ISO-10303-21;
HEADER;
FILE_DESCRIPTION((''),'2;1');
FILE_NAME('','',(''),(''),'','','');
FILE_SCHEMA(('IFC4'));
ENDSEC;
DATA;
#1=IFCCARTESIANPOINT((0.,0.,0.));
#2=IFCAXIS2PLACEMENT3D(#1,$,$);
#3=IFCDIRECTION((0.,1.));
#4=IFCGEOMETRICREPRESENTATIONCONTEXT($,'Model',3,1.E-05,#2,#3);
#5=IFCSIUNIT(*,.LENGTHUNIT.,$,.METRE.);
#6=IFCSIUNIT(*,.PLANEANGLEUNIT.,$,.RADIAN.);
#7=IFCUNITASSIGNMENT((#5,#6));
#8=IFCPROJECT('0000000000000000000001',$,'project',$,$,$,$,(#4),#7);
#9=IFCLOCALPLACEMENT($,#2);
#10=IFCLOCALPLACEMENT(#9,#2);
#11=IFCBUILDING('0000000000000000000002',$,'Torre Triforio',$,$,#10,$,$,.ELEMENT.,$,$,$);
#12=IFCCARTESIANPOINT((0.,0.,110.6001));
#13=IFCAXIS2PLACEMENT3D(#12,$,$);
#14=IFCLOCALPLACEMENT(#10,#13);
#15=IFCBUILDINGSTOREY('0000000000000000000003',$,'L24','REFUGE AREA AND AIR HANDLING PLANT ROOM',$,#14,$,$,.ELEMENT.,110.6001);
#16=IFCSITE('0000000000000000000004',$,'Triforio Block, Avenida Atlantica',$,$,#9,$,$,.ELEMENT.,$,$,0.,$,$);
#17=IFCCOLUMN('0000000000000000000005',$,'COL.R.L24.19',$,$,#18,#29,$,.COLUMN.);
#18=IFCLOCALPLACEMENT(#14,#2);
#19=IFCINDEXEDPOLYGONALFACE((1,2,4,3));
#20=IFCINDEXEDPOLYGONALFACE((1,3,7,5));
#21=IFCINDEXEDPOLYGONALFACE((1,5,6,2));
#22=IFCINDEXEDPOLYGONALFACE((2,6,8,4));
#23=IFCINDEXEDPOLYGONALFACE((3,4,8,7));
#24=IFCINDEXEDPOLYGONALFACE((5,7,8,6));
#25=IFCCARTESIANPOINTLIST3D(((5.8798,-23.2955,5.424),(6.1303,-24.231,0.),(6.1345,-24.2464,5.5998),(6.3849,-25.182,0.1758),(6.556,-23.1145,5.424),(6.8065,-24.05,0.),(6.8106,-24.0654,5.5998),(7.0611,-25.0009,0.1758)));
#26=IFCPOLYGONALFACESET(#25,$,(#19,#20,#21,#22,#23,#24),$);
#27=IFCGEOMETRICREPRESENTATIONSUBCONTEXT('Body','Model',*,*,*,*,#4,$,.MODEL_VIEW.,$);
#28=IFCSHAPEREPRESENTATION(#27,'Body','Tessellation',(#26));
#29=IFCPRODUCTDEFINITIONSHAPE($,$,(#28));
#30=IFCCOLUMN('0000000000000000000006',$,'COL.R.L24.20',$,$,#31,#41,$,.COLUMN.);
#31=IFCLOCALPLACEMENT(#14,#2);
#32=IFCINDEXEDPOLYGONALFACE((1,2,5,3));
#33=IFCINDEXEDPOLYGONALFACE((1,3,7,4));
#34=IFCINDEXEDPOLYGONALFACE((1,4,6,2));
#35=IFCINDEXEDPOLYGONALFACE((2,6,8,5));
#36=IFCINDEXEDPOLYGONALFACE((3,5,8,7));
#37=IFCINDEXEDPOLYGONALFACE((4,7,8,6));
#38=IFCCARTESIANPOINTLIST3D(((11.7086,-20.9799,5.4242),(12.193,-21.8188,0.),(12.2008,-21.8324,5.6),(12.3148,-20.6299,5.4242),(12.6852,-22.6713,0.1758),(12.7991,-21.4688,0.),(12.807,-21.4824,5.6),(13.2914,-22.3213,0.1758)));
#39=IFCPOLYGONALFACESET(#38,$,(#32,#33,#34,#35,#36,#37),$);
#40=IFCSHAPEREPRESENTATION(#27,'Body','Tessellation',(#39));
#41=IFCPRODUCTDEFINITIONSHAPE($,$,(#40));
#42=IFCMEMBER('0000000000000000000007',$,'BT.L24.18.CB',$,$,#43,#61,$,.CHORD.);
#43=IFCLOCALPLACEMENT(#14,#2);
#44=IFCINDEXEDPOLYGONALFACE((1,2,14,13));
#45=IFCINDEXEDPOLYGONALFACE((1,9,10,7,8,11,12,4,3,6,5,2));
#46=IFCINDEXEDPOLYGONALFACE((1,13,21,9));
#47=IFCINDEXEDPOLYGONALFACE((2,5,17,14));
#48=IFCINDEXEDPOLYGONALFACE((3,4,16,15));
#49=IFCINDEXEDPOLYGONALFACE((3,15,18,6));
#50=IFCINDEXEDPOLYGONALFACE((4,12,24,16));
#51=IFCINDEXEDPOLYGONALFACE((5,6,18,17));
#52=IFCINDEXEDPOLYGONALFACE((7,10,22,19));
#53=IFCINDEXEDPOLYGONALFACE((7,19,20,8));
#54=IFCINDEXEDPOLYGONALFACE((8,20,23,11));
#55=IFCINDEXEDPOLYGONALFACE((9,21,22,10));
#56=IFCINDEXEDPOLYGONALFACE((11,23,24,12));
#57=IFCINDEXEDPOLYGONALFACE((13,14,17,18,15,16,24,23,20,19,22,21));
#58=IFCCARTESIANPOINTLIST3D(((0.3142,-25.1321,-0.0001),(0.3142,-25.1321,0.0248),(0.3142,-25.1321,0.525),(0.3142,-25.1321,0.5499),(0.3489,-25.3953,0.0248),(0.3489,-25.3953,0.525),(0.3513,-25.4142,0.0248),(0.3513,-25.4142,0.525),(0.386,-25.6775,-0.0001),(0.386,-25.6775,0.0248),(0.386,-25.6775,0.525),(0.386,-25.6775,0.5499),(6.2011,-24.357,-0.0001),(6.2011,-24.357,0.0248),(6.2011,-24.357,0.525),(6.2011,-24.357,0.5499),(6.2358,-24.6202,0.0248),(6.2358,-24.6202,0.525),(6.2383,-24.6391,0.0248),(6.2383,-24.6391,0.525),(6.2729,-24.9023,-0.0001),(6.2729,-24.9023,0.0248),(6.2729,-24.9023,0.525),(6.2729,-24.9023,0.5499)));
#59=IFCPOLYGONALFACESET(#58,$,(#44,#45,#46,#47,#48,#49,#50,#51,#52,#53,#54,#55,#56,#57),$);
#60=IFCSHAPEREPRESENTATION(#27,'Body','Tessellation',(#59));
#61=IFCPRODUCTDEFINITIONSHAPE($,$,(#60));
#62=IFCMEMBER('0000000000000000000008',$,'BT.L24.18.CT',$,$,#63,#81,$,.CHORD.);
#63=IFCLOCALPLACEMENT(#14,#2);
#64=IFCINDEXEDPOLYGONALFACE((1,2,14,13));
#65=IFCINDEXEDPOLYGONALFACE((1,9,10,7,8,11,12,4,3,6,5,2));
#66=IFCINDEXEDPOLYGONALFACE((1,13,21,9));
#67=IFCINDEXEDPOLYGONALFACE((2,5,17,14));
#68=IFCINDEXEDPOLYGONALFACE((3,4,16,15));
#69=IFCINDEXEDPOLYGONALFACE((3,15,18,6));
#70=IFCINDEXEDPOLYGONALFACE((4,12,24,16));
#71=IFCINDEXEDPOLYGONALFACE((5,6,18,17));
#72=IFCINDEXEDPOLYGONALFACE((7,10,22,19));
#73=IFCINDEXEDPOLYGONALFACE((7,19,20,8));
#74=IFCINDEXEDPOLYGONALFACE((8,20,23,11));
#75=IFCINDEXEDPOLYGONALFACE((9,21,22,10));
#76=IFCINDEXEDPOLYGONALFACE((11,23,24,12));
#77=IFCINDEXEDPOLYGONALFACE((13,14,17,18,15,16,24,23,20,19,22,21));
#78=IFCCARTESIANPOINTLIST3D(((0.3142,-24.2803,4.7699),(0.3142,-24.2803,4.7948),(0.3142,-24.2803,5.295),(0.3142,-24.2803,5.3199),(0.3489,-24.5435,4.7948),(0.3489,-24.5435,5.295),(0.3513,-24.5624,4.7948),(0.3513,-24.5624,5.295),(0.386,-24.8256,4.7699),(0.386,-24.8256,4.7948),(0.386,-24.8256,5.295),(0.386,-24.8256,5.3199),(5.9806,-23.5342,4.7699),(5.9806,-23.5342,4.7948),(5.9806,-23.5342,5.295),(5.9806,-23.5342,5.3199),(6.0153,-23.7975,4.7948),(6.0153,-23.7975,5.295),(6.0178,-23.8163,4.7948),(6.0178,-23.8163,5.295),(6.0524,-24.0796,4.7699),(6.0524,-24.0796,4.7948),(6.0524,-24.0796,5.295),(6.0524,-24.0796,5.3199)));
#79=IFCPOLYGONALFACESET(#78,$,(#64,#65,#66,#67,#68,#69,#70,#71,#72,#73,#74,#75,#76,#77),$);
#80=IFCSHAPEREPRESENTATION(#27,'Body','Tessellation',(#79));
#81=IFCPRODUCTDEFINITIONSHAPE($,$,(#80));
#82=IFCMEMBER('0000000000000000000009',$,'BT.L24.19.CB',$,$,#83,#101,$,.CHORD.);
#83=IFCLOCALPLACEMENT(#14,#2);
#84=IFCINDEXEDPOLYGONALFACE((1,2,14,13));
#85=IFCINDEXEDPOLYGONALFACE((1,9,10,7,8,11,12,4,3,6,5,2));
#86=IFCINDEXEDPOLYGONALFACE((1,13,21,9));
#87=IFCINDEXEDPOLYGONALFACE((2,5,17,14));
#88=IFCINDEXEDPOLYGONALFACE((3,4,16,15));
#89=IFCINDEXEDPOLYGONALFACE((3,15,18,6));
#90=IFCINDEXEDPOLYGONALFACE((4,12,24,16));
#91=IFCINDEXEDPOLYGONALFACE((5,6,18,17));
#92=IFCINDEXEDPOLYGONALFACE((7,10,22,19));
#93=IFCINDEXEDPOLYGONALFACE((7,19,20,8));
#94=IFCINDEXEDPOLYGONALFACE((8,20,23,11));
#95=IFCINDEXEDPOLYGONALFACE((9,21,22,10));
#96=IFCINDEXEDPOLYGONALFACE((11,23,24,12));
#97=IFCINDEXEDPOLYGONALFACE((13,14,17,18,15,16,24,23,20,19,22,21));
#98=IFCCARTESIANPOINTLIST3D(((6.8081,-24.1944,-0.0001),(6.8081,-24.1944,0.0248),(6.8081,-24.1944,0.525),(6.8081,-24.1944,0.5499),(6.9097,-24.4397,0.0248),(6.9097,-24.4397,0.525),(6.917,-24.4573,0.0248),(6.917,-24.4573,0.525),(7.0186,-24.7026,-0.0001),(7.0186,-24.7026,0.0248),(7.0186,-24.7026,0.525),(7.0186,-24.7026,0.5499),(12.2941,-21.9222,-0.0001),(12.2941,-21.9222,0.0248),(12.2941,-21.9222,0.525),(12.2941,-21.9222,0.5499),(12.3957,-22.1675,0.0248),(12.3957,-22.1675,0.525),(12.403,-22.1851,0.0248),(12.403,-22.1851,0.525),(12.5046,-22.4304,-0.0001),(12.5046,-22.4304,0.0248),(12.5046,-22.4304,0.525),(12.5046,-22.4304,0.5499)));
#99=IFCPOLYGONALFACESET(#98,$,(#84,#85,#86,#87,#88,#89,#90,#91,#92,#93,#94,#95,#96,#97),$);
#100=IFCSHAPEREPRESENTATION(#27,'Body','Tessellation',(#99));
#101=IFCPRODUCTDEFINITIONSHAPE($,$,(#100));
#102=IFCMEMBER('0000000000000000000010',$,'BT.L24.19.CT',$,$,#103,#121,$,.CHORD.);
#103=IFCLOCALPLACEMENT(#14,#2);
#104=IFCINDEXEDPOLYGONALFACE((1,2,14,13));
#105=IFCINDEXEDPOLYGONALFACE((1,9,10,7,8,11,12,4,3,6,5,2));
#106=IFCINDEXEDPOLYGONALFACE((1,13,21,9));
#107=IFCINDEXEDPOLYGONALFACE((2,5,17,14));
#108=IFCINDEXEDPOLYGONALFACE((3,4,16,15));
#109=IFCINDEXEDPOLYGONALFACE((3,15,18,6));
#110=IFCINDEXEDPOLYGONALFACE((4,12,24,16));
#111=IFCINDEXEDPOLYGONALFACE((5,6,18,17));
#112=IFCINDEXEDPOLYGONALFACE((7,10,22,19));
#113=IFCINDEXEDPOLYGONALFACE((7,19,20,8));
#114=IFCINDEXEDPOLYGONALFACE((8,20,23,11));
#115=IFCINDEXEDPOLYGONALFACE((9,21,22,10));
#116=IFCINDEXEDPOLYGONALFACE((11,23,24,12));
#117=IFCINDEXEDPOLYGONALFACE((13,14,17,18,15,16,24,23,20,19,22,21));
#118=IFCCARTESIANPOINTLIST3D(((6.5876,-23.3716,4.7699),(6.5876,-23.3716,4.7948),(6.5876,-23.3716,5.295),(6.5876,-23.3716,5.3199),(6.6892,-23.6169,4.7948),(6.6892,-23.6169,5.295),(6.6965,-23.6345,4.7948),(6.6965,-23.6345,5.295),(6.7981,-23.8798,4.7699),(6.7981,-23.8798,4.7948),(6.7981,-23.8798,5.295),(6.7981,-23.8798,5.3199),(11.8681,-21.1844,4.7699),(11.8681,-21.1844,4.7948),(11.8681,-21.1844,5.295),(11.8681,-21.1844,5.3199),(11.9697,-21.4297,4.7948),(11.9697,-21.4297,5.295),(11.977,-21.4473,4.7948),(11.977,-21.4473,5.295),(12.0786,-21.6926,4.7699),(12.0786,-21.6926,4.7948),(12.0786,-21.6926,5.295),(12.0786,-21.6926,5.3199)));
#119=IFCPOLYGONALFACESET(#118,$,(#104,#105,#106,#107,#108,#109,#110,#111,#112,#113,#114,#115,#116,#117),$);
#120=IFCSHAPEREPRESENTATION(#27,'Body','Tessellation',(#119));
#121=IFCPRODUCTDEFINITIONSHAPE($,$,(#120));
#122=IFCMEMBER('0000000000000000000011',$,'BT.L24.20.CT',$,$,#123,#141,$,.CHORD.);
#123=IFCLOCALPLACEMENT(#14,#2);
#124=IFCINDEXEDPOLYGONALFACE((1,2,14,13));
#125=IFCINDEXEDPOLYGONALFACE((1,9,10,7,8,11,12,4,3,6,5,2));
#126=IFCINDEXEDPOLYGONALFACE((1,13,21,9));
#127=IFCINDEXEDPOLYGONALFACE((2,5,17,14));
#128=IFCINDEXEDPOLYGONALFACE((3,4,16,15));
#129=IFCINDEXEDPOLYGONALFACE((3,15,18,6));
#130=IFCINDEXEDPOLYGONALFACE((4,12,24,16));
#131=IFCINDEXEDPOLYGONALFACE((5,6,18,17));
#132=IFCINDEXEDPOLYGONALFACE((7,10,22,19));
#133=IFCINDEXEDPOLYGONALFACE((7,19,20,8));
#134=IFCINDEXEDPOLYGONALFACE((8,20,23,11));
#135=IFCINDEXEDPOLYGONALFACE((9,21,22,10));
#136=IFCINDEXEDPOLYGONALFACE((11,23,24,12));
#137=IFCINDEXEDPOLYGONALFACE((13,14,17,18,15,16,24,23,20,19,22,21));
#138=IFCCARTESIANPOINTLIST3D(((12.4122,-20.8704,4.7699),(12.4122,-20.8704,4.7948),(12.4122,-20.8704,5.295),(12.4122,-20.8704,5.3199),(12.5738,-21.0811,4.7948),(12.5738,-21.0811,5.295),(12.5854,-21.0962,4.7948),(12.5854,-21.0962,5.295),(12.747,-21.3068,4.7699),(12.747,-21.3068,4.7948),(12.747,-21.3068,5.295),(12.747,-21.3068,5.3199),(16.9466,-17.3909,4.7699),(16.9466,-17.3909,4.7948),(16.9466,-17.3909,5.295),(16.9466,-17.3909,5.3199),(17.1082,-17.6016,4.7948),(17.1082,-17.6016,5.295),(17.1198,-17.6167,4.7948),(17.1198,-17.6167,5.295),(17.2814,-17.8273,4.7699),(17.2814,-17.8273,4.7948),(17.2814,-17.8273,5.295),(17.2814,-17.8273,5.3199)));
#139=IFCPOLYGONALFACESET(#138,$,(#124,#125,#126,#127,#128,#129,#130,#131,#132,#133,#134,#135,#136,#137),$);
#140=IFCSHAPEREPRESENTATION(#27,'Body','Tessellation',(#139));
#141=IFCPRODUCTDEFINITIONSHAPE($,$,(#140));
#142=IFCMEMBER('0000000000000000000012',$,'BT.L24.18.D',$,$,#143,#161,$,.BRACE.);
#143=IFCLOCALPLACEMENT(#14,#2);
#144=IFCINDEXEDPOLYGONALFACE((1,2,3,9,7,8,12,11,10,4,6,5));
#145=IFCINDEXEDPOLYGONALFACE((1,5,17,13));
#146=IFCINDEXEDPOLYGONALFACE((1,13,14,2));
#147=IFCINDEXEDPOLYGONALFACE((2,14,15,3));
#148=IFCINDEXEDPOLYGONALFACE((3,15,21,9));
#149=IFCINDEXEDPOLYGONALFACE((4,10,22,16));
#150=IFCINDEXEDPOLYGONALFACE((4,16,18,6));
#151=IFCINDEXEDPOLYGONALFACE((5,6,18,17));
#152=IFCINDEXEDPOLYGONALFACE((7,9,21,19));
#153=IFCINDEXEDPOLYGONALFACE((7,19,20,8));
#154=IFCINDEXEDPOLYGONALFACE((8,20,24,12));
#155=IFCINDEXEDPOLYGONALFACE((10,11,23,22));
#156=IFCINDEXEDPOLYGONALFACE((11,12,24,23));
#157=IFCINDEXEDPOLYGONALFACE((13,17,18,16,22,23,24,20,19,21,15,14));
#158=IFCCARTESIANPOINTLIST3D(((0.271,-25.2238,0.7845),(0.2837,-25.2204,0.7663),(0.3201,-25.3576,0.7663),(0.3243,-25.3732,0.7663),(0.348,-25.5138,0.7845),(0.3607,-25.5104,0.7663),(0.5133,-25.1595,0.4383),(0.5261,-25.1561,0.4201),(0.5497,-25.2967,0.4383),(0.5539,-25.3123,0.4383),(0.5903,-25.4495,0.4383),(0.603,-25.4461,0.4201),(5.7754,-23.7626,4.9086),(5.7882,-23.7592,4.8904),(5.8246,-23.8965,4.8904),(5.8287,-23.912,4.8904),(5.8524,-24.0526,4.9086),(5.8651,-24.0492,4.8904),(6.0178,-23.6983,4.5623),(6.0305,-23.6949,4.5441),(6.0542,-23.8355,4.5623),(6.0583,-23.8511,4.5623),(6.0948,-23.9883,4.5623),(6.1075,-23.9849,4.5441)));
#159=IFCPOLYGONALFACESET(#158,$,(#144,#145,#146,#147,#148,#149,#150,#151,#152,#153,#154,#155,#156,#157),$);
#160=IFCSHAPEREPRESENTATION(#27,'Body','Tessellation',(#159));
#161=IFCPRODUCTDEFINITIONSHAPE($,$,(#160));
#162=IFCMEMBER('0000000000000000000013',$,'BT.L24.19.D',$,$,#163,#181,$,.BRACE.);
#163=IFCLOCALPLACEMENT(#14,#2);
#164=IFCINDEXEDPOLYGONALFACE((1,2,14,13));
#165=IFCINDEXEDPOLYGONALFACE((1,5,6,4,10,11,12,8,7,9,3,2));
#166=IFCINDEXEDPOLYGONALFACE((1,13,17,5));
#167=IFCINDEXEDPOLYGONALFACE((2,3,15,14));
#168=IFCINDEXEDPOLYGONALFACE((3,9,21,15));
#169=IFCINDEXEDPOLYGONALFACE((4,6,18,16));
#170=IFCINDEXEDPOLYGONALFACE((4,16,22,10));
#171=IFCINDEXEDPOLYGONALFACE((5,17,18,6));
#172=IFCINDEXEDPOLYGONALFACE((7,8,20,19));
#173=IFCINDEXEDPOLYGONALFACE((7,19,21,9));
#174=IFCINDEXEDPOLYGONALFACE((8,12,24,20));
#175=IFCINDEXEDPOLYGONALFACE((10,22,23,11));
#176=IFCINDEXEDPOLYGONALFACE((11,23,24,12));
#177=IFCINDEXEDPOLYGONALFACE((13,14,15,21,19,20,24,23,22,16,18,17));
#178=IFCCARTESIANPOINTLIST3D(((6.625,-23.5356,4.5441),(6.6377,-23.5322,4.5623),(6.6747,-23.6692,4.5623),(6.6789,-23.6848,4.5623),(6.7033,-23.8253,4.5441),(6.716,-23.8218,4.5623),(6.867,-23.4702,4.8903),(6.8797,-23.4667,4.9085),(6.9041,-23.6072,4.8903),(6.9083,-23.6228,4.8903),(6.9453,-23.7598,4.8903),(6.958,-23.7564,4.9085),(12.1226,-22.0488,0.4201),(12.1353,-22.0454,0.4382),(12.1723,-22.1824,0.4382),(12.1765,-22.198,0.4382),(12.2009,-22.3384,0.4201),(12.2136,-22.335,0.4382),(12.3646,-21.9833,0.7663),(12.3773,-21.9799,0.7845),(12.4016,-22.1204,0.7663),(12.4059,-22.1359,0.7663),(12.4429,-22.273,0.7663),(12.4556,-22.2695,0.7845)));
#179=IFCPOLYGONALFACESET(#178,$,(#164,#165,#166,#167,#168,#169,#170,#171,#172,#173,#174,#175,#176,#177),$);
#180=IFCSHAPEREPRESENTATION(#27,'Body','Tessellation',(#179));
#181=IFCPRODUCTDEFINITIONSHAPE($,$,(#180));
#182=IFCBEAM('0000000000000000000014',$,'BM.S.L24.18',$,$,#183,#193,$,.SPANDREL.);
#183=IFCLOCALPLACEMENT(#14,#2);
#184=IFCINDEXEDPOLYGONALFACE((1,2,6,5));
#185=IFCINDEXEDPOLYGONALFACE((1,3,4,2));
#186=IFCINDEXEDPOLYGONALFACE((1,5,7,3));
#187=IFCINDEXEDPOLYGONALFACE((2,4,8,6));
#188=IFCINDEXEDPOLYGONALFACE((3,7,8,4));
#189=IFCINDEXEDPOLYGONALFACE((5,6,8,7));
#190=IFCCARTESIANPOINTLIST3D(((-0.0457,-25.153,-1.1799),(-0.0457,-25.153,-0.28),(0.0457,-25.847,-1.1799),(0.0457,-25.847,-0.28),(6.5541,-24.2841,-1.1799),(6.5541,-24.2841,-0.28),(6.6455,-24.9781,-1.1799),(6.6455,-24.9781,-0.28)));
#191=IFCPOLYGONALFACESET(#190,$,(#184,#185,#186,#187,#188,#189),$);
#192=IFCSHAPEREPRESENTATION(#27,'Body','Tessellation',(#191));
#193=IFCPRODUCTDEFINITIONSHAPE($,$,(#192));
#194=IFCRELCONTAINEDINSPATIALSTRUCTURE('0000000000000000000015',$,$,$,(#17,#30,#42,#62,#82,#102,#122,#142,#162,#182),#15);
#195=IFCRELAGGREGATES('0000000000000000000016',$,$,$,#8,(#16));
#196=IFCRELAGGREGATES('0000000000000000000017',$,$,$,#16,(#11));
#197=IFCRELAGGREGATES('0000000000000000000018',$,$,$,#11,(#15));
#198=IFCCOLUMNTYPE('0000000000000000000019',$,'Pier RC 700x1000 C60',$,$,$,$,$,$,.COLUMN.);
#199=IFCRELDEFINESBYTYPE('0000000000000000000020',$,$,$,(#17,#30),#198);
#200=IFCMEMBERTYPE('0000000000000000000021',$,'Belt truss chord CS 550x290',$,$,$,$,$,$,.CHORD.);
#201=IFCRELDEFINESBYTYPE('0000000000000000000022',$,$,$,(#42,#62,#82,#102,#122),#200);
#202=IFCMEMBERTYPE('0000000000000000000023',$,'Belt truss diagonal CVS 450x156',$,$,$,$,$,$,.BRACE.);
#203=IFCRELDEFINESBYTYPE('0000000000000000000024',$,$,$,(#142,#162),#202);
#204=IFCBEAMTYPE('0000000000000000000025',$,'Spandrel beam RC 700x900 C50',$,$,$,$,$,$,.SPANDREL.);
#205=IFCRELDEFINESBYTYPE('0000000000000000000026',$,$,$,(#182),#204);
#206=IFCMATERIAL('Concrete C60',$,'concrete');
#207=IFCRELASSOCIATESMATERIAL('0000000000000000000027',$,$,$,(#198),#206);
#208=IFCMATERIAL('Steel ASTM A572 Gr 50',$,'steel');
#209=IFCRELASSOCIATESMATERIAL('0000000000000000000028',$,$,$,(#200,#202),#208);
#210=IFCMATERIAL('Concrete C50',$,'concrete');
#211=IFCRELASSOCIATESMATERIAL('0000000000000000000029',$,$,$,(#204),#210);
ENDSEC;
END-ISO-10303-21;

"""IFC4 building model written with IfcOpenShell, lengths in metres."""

from ifc_helpers import new_model, si_unit, direction, frame, origin, origin_2d, place, context, subcontext, project, spatial, rectangle, i_section, extrude, material, material_profile, profile_set, type_object, element, save


model = new_model("IFC4")

# Units and contexts
model_context = context("Model", 3, precision=1e-05, world=origin(), true_north=direction((0.0, 1.0)))
body_context = subcontext(model_context, "Body", "Model", "MODEL_VIEW")
ifc_project = project(units=[si_unit("LENGTHUNIT", "METRE"), si_unit("PLANEANGLEUNIT", "RADIAN")], contexts=[model_context])

# Site, building, storey
site_placement = place(None, origin())
site = spatial("IfcSite", under=ifc_project, at=site_placement, Name="Triforio Block, Avenida Atlantica", CompositionType="ELEMENT", RefElevation=0.0)
building_placement = place(site_placement, origin())
building = spatial("IfcBuilding", under=site, at=building_placement, Name="Torre Triforio", CompositionType="ELEMENT")
storey_placement = place(building_placement, frame((0.0, 0.0, 110.6001)))
storey = spatial("IfcBuildingStorey", under=building, at=storey_placement, Name="L24", Description="REFUGE AREA AND AIR HANDLING PLANT ROOM", CompositionType="ELEMENT", Elevation=110.6001)

# Columns
ifc_material_1 = material(Name="Concrete C60", Category="concrete")
ifc_material_profile_1 = material_profile(ifc_material_1, rectangle(XDim=0.7, YDim=1.0, at=origin_2d()), Name="RC 700x1000")
ifc_profile_set_1 = profile_set([ifc_material_profile_1], Name="Concrete C60")
column_type = type_object("IfcColumnType", Name="Pier RC 700x1000 C60", PredefinedType="COLUMN", material=ifc_profile_set_1)
column_1_placement = place(storey_placement, frame((6.5957, -24.616, 0.0879), z_axis=(-0.045462, 0.169795, 0.98443), x_axis=(-0.965975, -0.258635, 0.0)))
element("IfcColumn", 1, at=column_1_placement, inside=storey, type_object=column_type, Name="COL.R.L24.19", PredefinedType="COLUMN", context=body_context, shape_type="SweptSolid", body=[
    extrude(rectangle(XDim=0.7, YDim=1.0, at=origin_2d()), origin(), (0.0, 0.0, 1.0), 5.5098),
])
column_2_placement = place(storey_placement, frame((12.7422, -22.0701, 0.0879), z_axis=(-0.08791, 0.152248, 0.984425), x_axis=(-0.866001, -0.500042, 0.0)))
element("IfcColumn", 2, at=column_2_placement, inside=storey, type_object=column_type, Name="COL.R.L24.20", PredefinedType="COLUMN", context=body_context, shape_type="SweptSolid", body=[
    extrude(rectangle(XDim=0.7, YDim=1.0, at=origin_2d()), origin(), (0.0, 0.0, 1.0), 5.51),
])

# Members
ifc_material_2 = material(Name="Steel ASTM A572 Gr 50", Category="steel")
ifc_material_profile_2 = material_profile(ifc_material_2, i_section(OverallWidth=0.55, OverallDepth=0.55, WebThickness=0.019, FlangeThickness=0.0249, at=origin_2d()), Name="CS 550x290")
ifc_profile_set_2 = profile_set([ifc_material_profile_2], Name="Steel ASTM A572 Gr 50")
member_type_1 = type_object("IfcMemberType", Name="Belt truss chord CS 550x290", PredefinedType="CHORD", material=ifc_profile_set_2)
member_1_placement = place(storey_placement, frame((0.3501, -25.4048, 0.2749), z_axis=(0.991442, 0.130545, 0.0), x_axis=(-0.130545, 0.991442, 0.0)))
element("IfcMember", 3, at=member_1_placement, inside=storey, type_object=member_type_1, Name="BT.L24.18.CB", PredefinedType="CHORD", context=body_context, shape_type="SweptSolid", body=[
    extrude(i_section(OverallWidth=0.55, OverallDepth=0.55, WebThickness=0.019, FlangeThickness=0.0249, at=origin_2d()), origin(), (0.0, 0.0, 1.0), 5.9377),
])
member_2_placement = place(storey_placement, frame((0.3501, -24.553, 5.0449), z_axis=(0.991443, 0.130541, 0.0), x_axis=(-0.130541, 0.991443, 0.0)))
element("IfcMember", 4, at=member_2_placement, inside=storey, type_object=member_type_1, Name="BT.L24.18.CT", PredefinedType="CHORD", context=body_context, shape_type="SweptSolid", body=[
    extrude(i_section(OverallWidth=0.55, OverallDepth=0.55, WebThickness=0.019, FlangeThickness=0.0249, at=origin_2d()), origin(), (0.0, 0.0, 1.0), 5.7153),
])
member_3_placement = place(storey_placement, frame((6.9133, -24.4485, 0.2749), z_axis=(0.923891, 0.382656, 0.0), x_axis=(-0.382656, 0.923891, 0.0)))
element("IfcMember", 5, at=member_3_placement, inside=storey, type_object=member_type_1, Name="BT.L24.19.CB", PredefinedType="CHORD", context=body_context, shape_type="SweptSolid", body=[
    extrude(i_section(OverallWidth=0.55, OverallDepth=0.55, WebThickness=0.019, FlangeThickness=0.0249, at=origin_2d()), origin(), (0.0, 0.0, 1.0), 5.938),
])
for number, where, z_axis, x_axis, name in (
    (6, (6.6929, -23.6257, 5.0449), (0.92388, 0.382683, 0.0), (-0.382683, 0.92388, 0.0), "BT.L24.19.CT"),
    (7, (12.5796, -21.0886, 5.0449), (0.793344, 0.608773, 0.0), (-0.608773, 0.793344, 0.0), "BT.L24.20.CT"),
):
    element("IfcMember", number, at=place(storey_placement, frame(where, z_axis=z_axis, x_axis=x_axis)), inside=storey, type_object=member_type_1, Name=name, PredefinedType="CHORD", context=body_context, shape_type="SweptSolid", body=[
        extrude(i_section(OverallWidth=0.55, OverallDepth=0.55, WebThickness=0.019, FlangeThickness=0.0249, at=origin_2d()), origin(), (0.0, 0.0, 1.0), 5.7156),
    ])
ifc_material_profile_3 = material_profile(ifc_material_2, i_section(OverallWidth=0.3, OverallDepth=0.45, WebThickness=0.0161, FlangeThickness=0.0225, at=origin_2d()), Name="CVS 450x156")
ifc_profile_set_3 = profile_set([ifc_material_profile_3], Name="Steel ASTM A572 Gr 50")
member_type_2 = type_object("IfcMemberType", Name="Belt truss diagonal CVS 450x156", PredefinedType="BRACE", material=ifc_profile_set_3)
for number, where, z_axis, x_axis, name in (
    (8, (0.437, -25.335, 0.6023), (0.782827, 0.207807, 0.586513), (-0.256571, 0.966525, 0.0), "BT.L24.18.D"),
    (9, (6.7915, -23.646, 4.7263), (0.781852, 0.211452, -0.586511), (-0.261071, 0.96532, 0.0), "BT.L24.19.D"),
):
    element("IfcMember", number, at=place(storey_placement, frame(where, z_axis=z_axis, x_axis=x_axis)), inside=storey, type_object=member_type_2, Name=name, PredefinedType="BRACE", context=body_context, shape_type="SweptSolid", body=[
        extrude(i_section(OverallWidth=0.3, OverallDepth=0.45, WebThickness=0.0161, FlangeThickness=0.0225, at=origin_2d()), origin(), (0.0, 0.0, 1.0), 7.0315),
    ])

# Beam
ifc_material_3 = material(Name="Concrete C50", Category="concrete")
ifc_material_profile_4 = material_profile(ifc_material_3, rectangle(XDim=0.7, YDim=0.8999, at=origin_2d()), Name="RC 700x900")
ifc_profile_set_4 = profile_set([ifc_material_profile_4], Name="Concrete C50")
beam_type = type_object("IfcBeamType", Name="Spandrel beam RC 700x900 C50", PredefinedType="SPANDREL", material=ifc_profile_set_4)
for number, where, z_axis, x_axis, name in (
    (10, (0.0, -25.5, -0.73), (0.991445, 0.130528, 0.0), (-0.130528, 0.991445, 0.0), "BM.S.L24.18"),
):
    element("IfcBeam", number, at=place(storey_placement, frame(where, z_axis=z_axis, x_axis=x_axis)), inside=storey, type_object=beam_type, Name=name, PredefinedType="SPANDREL", context=body_context, shape_type="SweptSolid", body=[
        extrude(rectangle(XDim=0.7, YDim=0.8999, at=origin_2d()), origin(), (0.0, 0.0, 1.0), 6.6567),
    ])

save(model, "model.ifc")
